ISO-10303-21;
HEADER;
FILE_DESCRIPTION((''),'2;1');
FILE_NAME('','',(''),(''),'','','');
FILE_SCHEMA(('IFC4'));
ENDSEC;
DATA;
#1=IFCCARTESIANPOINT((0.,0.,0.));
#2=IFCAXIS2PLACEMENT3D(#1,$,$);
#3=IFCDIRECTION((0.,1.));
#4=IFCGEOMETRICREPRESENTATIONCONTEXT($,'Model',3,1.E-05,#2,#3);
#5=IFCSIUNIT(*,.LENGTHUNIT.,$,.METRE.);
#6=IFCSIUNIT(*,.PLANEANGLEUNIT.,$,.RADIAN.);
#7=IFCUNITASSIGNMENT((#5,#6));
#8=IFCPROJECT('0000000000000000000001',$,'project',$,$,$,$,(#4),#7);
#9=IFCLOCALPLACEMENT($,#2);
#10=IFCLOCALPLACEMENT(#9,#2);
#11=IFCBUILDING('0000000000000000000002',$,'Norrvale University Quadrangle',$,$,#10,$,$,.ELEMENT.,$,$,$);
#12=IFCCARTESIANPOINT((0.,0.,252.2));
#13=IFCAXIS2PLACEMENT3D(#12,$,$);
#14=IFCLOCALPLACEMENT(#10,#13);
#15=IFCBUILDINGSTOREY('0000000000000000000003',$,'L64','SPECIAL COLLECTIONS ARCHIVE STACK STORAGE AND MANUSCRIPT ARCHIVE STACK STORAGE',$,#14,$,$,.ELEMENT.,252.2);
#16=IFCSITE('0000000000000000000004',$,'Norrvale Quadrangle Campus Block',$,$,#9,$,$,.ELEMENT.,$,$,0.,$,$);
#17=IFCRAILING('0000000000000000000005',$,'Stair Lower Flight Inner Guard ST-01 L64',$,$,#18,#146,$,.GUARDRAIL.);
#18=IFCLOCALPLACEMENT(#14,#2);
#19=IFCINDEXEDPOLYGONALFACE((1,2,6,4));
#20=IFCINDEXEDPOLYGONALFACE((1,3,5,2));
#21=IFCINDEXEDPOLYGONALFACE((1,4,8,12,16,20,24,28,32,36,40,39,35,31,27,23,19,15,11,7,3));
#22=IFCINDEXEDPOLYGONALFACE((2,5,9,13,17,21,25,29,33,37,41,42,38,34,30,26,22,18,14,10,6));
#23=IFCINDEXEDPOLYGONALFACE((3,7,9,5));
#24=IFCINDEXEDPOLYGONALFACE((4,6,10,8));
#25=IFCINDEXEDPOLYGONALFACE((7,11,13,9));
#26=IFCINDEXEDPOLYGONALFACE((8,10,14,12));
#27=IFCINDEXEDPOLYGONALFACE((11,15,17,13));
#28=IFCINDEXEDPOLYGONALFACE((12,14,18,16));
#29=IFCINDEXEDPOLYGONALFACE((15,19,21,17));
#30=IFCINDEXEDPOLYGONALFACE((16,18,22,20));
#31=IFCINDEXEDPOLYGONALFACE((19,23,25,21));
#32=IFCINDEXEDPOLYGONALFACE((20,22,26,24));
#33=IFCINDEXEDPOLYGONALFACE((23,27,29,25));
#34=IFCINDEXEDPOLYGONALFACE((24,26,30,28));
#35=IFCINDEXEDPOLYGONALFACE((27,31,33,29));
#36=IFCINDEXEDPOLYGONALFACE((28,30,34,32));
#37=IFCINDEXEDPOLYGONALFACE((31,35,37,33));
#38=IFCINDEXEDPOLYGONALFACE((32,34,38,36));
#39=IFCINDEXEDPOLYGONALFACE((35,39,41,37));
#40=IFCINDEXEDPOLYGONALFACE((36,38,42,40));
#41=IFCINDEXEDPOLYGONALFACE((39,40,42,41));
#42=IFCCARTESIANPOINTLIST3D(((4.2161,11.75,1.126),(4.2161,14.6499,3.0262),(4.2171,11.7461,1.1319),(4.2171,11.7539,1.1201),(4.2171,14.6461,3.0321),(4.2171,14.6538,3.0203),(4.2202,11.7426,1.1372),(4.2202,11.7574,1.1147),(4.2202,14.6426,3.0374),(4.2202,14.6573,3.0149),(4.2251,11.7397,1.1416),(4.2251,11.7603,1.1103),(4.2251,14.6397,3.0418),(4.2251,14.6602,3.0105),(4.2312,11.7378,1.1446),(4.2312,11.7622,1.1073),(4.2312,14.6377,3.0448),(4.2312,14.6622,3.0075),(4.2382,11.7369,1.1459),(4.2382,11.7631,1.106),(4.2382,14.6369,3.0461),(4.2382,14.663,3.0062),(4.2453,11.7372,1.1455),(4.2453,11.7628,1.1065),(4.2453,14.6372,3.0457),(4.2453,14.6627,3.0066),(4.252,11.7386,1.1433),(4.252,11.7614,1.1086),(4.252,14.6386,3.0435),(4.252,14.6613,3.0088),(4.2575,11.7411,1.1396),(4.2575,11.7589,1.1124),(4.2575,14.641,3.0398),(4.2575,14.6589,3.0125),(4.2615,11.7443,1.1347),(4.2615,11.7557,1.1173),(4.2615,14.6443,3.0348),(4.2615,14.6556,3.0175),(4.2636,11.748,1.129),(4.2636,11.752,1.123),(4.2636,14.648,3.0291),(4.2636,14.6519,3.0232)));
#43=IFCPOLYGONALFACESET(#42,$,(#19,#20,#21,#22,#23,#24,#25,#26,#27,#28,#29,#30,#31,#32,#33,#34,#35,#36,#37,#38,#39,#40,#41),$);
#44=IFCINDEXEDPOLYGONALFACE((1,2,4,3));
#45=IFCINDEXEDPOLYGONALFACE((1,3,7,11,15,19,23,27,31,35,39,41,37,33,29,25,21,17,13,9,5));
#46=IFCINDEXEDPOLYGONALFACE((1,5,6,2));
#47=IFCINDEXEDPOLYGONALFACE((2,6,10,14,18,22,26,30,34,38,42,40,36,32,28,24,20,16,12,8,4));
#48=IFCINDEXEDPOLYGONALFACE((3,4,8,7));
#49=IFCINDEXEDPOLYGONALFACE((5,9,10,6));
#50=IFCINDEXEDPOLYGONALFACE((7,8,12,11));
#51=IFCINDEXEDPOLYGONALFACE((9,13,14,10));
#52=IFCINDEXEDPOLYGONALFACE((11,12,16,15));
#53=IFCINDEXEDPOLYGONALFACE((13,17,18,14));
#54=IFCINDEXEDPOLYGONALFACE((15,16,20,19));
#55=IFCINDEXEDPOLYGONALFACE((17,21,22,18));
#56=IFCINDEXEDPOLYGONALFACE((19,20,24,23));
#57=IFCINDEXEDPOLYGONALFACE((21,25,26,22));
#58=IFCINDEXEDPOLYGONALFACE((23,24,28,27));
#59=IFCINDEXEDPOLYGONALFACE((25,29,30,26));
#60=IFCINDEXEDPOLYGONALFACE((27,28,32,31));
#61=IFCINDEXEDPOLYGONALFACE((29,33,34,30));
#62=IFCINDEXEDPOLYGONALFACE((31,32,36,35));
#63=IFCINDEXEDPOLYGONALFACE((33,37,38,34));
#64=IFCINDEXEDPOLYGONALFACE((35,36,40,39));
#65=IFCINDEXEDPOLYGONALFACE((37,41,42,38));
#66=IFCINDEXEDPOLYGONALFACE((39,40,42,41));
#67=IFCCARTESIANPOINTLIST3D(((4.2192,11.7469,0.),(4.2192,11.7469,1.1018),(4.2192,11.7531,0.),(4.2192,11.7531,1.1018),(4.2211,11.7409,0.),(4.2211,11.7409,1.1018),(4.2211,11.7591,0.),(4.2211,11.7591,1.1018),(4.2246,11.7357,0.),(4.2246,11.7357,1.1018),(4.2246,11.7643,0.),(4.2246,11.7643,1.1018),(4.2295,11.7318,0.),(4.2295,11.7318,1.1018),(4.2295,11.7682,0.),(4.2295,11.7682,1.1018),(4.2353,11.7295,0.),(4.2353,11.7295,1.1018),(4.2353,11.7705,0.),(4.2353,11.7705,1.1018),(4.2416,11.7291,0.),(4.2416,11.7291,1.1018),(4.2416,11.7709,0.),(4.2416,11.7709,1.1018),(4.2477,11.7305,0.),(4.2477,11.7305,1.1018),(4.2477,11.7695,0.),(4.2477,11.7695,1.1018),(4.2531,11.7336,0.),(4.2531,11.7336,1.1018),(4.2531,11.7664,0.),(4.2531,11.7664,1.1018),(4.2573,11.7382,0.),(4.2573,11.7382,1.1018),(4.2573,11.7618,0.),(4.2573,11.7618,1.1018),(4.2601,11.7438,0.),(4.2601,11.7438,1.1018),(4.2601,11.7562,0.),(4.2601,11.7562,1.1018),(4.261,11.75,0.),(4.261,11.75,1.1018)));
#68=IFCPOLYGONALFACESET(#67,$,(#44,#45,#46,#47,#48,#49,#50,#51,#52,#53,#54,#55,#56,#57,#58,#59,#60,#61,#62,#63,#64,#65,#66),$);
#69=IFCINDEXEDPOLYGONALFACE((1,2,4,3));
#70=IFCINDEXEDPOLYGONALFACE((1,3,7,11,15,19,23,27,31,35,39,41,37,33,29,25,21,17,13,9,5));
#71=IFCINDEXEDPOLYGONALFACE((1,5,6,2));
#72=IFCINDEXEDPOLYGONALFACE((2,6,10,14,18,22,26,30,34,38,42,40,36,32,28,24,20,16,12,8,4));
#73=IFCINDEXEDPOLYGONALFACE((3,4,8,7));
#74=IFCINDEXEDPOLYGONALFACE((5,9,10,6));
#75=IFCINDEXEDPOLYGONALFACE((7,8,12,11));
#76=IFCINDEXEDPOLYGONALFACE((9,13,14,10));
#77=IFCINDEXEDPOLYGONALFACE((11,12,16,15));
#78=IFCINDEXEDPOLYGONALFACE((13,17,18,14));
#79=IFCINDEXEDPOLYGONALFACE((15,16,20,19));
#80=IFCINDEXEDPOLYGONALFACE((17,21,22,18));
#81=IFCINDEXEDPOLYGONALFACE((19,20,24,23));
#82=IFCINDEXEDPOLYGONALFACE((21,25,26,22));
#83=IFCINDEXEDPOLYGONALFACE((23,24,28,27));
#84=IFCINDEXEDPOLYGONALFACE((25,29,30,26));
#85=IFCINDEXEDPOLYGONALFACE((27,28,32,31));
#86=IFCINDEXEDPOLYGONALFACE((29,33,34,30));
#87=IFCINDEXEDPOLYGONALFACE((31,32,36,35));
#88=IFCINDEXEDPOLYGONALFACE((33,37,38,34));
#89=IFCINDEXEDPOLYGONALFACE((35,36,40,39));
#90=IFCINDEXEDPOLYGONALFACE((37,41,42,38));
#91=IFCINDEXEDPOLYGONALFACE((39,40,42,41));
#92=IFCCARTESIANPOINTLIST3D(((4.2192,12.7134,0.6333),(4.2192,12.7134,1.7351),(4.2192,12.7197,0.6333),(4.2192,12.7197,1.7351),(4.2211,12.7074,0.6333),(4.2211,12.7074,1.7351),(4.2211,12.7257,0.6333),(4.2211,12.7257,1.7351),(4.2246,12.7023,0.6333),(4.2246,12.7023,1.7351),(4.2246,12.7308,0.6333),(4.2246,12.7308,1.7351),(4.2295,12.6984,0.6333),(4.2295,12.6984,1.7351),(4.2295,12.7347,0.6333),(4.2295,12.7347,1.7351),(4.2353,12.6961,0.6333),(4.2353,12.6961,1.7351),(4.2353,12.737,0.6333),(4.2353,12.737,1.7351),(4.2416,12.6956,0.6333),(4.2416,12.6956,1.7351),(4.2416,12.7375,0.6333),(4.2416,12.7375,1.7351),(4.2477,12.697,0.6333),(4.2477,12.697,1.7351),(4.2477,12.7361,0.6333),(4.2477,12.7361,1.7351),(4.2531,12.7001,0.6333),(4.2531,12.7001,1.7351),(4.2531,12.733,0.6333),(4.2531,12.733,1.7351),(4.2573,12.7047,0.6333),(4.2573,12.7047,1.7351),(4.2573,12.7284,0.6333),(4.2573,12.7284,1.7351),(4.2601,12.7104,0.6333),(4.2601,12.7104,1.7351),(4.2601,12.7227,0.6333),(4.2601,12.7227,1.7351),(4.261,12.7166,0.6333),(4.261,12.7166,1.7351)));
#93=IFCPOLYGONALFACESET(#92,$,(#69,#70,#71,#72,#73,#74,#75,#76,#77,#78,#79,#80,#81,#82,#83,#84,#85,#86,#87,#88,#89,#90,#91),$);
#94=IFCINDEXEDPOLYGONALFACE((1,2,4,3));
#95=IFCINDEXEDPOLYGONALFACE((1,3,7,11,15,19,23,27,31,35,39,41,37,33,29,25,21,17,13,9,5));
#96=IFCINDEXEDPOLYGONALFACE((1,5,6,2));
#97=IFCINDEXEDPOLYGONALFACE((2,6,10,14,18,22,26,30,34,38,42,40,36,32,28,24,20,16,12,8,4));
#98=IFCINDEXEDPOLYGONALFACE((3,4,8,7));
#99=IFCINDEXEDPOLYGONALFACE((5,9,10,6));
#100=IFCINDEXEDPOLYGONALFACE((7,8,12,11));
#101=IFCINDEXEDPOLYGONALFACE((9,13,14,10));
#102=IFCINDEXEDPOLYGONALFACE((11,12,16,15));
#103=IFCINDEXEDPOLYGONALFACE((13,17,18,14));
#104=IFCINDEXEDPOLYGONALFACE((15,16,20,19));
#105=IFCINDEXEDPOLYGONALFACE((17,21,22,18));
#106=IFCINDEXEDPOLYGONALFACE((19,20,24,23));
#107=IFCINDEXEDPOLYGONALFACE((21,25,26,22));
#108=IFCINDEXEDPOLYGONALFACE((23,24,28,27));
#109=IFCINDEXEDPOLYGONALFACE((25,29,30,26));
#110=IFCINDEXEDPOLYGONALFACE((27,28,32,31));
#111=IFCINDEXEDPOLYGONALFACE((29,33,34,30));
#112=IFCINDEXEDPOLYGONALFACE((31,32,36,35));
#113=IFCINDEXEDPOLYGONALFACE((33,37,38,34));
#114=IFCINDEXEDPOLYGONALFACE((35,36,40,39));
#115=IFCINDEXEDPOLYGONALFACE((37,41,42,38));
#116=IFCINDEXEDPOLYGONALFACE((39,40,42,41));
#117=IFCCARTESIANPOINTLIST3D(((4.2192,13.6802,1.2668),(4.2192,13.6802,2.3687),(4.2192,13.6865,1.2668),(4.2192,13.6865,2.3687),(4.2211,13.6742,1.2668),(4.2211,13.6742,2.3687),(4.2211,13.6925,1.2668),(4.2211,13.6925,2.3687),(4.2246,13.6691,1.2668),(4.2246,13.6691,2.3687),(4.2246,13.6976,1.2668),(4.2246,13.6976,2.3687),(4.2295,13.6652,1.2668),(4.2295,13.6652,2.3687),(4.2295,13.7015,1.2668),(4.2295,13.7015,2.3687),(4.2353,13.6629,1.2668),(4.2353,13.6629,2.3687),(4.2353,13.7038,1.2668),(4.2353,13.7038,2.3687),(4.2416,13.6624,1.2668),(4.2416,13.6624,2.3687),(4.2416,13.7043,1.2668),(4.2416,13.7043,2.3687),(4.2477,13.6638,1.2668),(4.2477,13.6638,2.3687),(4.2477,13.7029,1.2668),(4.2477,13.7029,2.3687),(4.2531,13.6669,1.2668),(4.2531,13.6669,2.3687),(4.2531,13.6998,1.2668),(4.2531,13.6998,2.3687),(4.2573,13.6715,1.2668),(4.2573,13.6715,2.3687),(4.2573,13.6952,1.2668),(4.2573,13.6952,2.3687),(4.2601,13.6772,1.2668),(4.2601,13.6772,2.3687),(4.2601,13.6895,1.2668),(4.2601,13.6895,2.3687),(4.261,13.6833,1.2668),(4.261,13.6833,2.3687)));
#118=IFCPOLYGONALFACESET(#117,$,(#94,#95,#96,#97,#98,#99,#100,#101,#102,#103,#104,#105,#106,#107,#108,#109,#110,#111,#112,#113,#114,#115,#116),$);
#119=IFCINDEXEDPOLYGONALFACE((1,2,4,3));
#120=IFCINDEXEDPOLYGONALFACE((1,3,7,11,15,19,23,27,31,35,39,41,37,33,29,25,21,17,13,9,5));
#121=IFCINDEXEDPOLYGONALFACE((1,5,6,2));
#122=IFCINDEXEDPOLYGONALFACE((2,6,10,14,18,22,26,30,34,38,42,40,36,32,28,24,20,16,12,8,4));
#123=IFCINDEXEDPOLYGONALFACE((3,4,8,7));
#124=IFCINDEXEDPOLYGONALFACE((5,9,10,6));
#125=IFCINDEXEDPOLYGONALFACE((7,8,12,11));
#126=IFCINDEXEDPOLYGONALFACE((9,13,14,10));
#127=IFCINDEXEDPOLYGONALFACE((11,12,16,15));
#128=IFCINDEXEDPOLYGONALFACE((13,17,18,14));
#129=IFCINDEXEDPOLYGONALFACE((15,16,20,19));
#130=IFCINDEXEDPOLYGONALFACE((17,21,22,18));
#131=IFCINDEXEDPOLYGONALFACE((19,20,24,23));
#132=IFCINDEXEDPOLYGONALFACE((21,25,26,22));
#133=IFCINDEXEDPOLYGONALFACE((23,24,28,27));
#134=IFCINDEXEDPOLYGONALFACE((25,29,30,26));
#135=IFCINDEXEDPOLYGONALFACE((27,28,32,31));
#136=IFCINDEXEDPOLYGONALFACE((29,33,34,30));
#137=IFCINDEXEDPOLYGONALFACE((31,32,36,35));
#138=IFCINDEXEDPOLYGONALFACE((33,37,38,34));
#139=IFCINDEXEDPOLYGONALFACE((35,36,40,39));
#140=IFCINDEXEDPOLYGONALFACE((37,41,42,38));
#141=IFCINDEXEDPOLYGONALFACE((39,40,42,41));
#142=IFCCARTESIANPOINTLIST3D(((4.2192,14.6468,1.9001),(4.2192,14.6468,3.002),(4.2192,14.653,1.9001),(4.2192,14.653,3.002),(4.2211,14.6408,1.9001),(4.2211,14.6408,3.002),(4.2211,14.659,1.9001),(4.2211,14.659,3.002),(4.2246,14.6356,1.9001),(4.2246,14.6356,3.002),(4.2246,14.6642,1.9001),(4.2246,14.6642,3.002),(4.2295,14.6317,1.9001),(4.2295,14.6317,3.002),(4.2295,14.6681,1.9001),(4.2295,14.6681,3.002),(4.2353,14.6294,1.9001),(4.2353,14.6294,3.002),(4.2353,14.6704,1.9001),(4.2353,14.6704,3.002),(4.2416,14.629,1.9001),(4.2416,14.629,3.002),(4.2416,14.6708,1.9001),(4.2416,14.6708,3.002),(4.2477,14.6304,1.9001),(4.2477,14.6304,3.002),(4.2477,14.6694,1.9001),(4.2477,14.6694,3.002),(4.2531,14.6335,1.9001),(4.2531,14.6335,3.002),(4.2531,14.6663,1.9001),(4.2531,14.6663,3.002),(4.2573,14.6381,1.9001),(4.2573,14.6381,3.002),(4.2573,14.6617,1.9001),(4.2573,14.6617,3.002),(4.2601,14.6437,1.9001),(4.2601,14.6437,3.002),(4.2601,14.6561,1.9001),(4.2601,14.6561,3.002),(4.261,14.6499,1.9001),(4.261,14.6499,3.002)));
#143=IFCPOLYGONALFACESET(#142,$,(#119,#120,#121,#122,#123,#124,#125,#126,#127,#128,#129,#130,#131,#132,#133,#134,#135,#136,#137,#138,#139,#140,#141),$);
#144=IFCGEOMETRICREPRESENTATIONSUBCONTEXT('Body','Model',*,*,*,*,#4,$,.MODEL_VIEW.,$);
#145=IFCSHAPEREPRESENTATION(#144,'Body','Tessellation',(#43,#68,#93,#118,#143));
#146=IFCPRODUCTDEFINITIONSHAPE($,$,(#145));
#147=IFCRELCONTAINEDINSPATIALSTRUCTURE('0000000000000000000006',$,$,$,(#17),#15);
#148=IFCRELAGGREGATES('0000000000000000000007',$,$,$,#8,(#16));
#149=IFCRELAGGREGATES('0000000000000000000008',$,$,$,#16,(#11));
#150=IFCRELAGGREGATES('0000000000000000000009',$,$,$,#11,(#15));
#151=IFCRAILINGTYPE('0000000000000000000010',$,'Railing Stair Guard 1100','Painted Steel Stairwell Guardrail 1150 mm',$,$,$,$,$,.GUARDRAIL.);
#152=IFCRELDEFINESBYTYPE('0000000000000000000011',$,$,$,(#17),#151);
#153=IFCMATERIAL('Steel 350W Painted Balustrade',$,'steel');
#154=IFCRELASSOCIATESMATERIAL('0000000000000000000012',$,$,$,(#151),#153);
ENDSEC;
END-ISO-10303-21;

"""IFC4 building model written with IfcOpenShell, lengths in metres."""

from ifc_helpers import new_model, si_unit, direction, frame, origin, origin_2d, place, context, subcontext, project, spatial, circle, extrude, material, type_object, element, save


model = new_model("IFC4")

# Units and contexts
model_context = context("Model", 3, precision=1e-05, world=origin(), true_north=direction((0.0, 1.0)))
body_context = subcontext(model_context, "Body", "Model", "MODEL_VIEW")
ifc_project = project(units=[si_unit("LENGTHUNIT", "METRE"), si_unit("PLANEANGLEUNIT", "RADIAN")], contexts=[model_context])

# Site, building, storey
site_placement = place(None, origin())
site = spatial("IfcSite", under=ifc_project, at=site_placement, Name="Norrvale Quadrangle Campus Block", CompositionType="ELEMENT", RefElevation=0.0)
building_placement = place(site_placement, origin())
building = spatial("IfcBuilding", under=site, at=building_placement, Name="Norrvale University Quadrangle", CompositionType="ELEMENT")
storey_placement = place(building_placement, frame((0.0, 0.0, 252.2)))
storey = spatial("IfcBuildingStorey", under=building, at=storey_placement, Name="L64", Description="SPECIAL COLLECTIONS ARCHIVE STACK STORAGE AND MANUSCRIPT ARCHIVE STACK STORAGE", CompositionType="ELEMENT", Elevation=252.2)

# Railing
ifc_material_1 = material(Name="Steel 350W Painted Balustrade", Category="steel")
railing_type_1 = type_object("IfcRailingType", Name="Railing Stair Guard 1100", Description="Painted Steel Stairwell Guardrail 1150 mm", PredefinedType="GUARDRAIL", material=ifc_material_1)
railing_1_placement = place(storey_placement, frame((4.24, 11.75, 0.0)))
element("IfcRailing", 1, at=railing_1_placement, inside=storey, type_object=railing_type_1, Name="Stair Lower Flight Inner Guard ST-01 L64", PredefinedType="GUARDRAIL", context=body_context, shape_type="SweptSolid", body=[
    extrude(circle(Radius=0.0239, at=origin_2d()), frame((0.0, 0.0, 1.126), z_axis=(0.0, 0.836433, 0.548069), x_axis=(-1.0, 0.0, 0.0)), (0.0, 0.0, 1.0), 3.467),
    extrude(circle(Radius=0.021, at=origin_2d()), origin(), (0.0, 0.0, 1.0), 1.1018),
    extrude(circle(Radius=0.021, at=origin_2d()), frame((0.0, 0.9666, 0.6333)), (0.0, 0.0, 1.0), 1.1018),
    extrude(circle(Radius=0.021, at=origin_2d()), frame((0.0, 1.9333, 1.2668)), (0.0, 0.0, 1.0), 1.1018),
    extrude(circle(Radius=0.021, at=origin_2d()), frame((0.0, 2.8999, 1.9001)), (0.0, 0.0, 1.0), 1.1018),
])

save(model, "model.ifc")
